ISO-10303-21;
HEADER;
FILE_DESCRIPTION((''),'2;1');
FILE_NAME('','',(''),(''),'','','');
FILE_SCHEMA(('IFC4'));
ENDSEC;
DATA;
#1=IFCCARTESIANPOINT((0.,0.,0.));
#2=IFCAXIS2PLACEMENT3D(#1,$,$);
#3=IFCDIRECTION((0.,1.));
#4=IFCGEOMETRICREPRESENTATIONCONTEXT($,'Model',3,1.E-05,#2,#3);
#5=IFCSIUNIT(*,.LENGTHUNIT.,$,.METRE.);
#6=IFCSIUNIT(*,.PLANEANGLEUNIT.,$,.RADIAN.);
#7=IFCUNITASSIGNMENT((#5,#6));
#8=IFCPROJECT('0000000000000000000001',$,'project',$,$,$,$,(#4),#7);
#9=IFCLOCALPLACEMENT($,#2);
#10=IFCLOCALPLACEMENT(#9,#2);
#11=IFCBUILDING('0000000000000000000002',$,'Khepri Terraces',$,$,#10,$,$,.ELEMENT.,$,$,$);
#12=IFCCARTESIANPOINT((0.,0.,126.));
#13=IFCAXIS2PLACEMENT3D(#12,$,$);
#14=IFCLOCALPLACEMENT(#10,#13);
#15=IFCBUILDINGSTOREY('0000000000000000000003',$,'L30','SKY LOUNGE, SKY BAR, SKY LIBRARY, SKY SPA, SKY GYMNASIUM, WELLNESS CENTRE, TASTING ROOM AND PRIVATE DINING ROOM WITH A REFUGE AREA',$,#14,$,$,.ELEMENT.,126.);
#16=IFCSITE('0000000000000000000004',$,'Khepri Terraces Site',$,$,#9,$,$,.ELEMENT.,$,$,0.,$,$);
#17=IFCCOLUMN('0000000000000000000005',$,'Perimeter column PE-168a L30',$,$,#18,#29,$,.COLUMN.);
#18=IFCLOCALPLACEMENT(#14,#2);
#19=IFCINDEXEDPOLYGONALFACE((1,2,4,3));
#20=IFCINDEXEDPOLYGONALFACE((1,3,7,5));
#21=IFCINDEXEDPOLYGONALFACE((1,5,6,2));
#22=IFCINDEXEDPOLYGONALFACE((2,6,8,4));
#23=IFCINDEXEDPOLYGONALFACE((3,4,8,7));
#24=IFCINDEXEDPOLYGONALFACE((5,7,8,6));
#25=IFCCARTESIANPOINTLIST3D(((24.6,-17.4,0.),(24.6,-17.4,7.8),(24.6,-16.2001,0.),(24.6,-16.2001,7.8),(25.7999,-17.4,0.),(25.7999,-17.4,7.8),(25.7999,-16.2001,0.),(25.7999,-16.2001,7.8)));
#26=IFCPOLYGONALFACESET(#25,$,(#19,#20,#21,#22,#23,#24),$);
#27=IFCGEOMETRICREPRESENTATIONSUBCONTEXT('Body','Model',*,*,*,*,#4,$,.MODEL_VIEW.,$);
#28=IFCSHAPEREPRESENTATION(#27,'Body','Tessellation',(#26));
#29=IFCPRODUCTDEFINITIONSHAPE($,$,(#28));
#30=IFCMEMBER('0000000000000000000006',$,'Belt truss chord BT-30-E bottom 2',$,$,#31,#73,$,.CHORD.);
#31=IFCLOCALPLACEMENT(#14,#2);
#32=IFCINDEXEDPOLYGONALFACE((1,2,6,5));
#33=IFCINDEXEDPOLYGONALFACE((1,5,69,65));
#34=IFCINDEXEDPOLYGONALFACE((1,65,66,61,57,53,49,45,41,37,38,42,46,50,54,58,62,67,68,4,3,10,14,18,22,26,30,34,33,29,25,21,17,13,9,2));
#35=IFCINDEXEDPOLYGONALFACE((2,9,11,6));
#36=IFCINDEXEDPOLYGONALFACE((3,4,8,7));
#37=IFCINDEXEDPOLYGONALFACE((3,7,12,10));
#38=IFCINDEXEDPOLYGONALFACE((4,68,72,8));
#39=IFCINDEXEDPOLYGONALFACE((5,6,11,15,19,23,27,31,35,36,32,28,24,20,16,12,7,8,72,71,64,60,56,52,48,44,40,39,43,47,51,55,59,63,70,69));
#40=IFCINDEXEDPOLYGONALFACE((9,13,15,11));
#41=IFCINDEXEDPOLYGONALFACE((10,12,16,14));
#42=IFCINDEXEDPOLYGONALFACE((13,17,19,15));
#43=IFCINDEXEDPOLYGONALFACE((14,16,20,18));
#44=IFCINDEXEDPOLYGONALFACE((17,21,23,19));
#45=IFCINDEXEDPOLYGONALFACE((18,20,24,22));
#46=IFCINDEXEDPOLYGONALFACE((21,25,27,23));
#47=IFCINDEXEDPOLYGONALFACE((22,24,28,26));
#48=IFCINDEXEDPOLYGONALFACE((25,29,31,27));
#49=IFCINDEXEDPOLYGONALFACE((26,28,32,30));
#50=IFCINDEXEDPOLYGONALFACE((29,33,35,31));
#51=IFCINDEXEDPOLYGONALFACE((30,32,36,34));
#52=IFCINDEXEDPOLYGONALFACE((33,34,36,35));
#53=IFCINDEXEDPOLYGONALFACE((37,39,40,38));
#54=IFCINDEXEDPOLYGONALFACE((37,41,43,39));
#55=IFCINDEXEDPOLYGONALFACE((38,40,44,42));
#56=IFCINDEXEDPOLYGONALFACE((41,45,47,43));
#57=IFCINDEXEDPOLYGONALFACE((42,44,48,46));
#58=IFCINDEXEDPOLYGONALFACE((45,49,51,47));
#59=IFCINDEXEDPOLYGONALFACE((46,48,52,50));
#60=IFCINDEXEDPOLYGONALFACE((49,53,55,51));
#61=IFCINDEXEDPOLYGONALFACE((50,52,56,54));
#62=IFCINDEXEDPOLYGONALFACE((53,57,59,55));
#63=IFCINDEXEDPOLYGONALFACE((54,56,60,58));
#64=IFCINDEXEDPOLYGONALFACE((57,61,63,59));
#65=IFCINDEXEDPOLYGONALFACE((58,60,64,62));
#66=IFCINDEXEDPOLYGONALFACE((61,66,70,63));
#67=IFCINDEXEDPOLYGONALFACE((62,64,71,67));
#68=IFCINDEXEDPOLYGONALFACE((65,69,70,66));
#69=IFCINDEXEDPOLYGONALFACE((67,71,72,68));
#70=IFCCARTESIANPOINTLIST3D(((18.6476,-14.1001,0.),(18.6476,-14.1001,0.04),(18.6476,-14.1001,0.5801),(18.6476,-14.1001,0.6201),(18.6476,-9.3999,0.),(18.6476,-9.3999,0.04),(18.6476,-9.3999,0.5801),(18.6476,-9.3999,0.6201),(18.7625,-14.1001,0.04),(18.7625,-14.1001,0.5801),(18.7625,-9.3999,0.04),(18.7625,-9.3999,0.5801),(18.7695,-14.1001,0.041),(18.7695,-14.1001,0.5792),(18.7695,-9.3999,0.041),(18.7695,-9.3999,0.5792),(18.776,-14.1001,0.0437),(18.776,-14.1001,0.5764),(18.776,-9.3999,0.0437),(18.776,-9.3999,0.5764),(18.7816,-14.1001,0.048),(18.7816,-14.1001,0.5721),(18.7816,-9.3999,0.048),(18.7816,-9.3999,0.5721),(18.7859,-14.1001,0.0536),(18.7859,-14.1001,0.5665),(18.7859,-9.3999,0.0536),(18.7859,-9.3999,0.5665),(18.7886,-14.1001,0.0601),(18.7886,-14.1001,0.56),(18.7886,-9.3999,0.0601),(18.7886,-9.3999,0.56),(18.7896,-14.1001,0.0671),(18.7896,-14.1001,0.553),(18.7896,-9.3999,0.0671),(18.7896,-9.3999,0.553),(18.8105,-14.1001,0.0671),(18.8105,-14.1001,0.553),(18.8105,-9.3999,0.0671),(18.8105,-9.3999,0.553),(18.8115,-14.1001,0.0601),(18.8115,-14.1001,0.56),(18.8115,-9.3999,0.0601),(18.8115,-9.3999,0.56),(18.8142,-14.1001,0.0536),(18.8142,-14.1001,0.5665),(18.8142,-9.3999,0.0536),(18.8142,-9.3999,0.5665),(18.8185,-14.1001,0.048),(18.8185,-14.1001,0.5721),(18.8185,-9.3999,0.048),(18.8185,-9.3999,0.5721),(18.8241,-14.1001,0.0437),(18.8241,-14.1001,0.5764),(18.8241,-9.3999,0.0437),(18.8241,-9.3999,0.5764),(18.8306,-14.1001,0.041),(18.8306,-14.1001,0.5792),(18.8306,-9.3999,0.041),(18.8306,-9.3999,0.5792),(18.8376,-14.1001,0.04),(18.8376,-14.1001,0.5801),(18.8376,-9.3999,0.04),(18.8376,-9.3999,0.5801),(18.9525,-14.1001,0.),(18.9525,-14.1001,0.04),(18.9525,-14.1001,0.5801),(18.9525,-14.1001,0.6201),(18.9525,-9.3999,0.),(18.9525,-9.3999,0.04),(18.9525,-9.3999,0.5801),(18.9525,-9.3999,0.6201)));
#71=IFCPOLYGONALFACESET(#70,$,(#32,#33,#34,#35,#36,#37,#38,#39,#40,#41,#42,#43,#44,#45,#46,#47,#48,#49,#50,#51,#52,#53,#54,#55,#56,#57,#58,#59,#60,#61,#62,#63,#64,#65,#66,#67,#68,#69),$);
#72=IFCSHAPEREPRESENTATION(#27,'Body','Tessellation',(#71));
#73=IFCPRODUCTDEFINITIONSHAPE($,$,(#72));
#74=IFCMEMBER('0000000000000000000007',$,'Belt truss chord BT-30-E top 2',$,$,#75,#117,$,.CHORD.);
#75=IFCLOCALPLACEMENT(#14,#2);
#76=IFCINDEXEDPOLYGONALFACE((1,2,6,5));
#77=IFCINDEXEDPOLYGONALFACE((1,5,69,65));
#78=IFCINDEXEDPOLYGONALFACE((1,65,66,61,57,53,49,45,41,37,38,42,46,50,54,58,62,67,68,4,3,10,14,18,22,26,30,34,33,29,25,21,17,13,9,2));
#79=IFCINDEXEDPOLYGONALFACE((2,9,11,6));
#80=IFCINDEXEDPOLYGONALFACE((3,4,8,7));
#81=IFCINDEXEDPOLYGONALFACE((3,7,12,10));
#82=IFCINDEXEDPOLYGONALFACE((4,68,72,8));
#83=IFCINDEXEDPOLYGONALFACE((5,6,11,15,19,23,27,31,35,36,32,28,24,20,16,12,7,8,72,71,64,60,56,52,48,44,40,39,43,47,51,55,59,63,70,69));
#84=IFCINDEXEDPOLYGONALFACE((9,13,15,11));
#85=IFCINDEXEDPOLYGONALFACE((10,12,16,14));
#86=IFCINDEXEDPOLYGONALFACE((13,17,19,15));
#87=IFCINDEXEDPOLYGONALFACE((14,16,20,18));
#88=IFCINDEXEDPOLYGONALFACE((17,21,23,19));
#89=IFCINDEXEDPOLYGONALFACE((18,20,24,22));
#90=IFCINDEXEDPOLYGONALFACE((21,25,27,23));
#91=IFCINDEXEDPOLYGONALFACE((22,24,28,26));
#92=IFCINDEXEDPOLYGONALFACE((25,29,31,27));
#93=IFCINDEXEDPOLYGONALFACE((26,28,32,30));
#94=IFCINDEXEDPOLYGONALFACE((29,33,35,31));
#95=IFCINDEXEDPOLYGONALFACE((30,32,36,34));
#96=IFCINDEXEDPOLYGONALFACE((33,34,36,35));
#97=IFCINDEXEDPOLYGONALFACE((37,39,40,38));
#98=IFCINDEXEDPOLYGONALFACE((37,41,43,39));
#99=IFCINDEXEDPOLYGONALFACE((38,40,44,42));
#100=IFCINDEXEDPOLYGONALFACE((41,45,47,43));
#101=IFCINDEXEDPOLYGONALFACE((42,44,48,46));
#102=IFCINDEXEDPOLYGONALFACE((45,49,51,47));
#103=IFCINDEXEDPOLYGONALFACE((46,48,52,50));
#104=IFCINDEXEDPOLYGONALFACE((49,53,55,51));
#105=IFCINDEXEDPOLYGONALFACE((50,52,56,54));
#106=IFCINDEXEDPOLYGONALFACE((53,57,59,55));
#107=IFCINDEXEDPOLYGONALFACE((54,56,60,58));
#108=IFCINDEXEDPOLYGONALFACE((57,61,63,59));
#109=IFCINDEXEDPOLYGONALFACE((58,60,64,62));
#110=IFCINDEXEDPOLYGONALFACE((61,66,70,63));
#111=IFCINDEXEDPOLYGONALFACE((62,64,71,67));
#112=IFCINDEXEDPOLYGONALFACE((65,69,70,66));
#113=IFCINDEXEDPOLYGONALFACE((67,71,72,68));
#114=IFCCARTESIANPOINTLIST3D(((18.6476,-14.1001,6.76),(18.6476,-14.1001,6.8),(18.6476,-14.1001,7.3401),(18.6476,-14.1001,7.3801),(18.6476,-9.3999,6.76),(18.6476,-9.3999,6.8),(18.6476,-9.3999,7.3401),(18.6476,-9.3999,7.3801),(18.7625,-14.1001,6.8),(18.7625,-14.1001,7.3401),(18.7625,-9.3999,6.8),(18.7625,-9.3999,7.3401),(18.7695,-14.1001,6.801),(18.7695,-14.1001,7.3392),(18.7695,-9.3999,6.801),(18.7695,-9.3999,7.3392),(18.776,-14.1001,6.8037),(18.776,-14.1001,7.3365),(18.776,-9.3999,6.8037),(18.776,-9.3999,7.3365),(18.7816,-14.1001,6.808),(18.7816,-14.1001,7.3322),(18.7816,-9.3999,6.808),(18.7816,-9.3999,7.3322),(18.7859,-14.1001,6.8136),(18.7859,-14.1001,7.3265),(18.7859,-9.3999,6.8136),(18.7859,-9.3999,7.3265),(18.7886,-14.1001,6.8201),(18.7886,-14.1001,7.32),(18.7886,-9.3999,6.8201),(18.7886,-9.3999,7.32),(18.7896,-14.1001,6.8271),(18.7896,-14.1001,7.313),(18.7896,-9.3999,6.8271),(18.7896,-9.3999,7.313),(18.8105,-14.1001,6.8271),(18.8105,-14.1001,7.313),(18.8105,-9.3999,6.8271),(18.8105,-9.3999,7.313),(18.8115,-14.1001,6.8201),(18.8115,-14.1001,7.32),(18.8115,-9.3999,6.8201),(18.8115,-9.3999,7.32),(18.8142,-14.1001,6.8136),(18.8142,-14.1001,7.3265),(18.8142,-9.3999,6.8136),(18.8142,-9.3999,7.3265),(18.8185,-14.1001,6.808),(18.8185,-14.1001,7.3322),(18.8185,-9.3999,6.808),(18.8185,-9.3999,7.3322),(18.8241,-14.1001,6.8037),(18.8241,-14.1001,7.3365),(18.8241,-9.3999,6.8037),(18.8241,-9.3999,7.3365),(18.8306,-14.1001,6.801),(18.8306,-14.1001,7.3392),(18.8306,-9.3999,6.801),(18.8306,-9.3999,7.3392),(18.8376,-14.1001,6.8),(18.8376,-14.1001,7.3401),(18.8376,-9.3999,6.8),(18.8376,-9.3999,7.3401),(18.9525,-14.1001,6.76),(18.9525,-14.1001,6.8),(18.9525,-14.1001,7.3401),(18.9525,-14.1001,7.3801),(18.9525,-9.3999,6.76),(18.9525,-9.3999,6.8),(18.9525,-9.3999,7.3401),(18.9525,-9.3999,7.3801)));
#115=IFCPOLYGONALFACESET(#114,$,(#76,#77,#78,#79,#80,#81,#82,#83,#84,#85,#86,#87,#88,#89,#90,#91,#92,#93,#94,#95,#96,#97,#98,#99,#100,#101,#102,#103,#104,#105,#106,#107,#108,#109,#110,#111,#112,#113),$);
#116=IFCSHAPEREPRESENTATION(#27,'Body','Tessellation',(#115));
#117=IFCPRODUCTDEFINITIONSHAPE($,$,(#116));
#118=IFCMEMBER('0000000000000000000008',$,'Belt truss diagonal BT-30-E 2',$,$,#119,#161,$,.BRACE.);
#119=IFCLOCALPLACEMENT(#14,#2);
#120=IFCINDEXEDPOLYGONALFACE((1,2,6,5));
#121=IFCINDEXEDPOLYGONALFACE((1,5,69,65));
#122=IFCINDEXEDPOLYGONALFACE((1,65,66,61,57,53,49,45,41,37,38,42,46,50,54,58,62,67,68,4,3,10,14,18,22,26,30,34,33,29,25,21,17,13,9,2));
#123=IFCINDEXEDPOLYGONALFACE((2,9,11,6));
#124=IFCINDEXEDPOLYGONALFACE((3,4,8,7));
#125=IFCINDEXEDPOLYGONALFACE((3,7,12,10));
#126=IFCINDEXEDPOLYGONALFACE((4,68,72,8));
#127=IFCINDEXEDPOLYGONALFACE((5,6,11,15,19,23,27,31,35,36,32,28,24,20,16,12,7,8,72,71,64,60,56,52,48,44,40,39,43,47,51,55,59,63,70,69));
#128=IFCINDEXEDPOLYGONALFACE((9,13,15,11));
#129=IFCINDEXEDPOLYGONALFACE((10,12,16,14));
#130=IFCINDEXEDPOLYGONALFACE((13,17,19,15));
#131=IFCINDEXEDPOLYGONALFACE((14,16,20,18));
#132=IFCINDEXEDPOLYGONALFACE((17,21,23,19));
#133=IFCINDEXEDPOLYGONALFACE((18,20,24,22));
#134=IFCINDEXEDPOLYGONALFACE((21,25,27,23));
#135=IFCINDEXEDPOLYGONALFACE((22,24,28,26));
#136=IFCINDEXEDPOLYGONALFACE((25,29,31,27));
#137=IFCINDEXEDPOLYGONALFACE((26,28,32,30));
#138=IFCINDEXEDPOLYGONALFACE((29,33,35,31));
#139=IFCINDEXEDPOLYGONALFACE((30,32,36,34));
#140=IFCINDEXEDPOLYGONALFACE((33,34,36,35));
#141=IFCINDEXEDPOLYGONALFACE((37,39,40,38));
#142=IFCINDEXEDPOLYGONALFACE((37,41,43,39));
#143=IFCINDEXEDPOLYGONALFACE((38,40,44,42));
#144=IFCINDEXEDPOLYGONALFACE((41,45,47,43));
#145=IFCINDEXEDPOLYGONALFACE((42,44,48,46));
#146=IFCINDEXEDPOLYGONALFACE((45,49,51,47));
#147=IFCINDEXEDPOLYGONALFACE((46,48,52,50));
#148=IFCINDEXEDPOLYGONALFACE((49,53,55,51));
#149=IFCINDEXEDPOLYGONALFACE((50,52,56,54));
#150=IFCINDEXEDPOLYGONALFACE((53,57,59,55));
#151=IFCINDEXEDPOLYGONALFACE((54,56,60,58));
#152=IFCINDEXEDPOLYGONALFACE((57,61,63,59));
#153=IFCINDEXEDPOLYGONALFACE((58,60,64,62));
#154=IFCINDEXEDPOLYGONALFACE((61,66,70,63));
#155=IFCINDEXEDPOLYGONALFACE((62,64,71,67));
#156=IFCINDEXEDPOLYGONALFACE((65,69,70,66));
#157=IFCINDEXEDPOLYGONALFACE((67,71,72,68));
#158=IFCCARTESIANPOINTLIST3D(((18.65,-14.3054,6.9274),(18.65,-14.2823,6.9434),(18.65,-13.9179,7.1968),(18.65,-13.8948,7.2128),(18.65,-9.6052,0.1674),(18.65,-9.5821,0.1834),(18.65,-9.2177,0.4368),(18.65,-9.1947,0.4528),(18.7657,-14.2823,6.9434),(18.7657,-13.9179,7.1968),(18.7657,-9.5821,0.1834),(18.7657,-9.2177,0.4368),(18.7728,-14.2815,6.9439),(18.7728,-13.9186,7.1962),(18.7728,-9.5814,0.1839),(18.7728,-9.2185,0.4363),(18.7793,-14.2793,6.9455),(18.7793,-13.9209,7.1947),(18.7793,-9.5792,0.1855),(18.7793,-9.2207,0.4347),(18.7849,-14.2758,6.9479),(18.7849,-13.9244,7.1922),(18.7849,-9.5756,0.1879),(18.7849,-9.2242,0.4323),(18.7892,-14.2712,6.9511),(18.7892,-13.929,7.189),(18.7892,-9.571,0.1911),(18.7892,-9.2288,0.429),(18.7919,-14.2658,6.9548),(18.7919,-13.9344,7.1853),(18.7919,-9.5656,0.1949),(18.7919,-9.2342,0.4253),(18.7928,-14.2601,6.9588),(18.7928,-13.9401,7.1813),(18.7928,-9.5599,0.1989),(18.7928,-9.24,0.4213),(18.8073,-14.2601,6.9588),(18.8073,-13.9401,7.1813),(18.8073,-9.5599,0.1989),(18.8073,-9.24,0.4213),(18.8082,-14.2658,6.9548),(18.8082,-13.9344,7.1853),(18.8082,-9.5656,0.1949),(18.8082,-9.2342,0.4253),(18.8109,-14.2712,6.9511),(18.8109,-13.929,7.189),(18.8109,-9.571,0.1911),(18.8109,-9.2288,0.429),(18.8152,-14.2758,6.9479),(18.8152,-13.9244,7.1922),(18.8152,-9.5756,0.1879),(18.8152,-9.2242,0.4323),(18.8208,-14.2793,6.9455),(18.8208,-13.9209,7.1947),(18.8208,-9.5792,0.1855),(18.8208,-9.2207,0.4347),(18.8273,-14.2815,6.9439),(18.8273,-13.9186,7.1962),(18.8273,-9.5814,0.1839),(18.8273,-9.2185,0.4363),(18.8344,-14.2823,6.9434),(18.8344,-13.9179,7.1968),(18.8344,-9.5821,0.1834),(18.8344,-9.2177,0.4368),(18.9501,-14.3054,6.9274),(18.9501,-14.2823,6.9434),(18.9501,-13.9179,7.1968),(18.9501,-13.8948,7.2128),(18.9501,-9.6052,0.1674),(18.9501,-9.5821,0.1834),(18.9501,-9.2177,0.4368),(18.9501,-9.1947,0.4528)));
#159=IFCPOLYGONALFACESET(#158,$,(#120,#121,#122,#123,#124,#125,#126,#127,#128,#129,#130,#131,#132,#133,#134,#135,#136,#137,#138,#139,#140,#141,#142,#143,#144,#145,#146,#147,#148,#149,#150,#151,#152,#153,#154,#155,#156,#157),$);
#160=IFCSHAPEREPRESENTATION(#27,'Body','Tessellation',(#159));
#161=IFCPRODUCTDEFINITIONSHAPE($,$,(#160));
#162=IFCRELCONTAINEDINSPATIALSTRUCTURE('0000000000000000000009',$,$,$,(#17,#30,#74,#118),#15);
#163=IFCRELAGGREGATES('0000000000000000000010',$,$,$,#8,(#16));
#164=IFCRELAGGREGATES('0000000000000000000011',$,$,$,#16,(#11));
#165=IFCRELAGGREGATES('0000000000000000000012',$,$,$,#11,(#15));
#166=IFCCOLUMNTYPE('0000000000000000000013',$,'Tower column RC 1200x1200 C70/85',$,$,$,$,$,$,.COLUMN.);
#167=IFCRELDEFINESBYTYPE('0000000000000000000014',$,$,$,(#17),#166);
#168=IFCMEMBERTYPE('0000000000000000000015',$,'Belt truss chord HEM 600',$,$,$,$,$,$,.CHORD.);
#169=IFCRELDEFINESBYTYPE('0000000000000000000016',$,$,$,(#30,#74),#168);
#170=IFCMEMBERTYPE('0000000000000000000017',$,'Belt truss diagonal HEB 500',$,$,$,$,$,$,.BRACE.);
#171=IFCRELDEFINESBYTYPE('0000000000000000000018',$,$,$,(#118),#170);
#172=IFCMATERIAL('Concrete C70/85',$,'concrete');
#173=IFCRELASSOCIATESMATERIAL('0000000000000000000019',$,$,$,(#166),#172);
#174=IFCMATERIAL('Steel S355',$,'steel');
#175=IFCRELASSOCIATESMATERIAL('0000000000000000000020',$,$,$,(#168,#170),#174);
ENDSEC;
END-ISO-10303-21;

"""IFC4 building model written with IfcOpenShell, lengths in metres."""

from ifc_helpers import new_model, si_unit, direction, frame, origin, origin_2d, place, context, subcontext, project, spatial, rectangle, i_section, extrude, material, material_profile, profile_set, type_object, element, save


model = new_model("IFC4")

# Units and contexts
model_context = context("Model", 3, precision=1e-05, world=origin(), true_north=direction((0.0, 1.0)))
body_context = subcontext(model_context, "Body", "Model", "MODEL_VIEW")
ifc_project = project(units=[si_unit("LENGTHUNIT", "METRE"), si_unit("PLANEANGLEUNIT", "RADIAN")], contexts=[model_context])

# Site, building, storey
site_placement = place(None, origin())
site = spatial("IfcSite", under=ifc_project, at=site_placement, Name="Khepri Terraces Site", CompositionType="ELEMENT", RefElevation=0.0)
building_placement = place(site_placement, origin())
building = spatial("IfcBuilding", under=site, at=building_placement, Name="Khepri Terraces", CompositionType="ELEMENT")
storey_placement = place(building_placement, frame((0.0, 0.0, 126.0)))
storey = spatial("IfcBuildingStorey", under=building, at=storey_placement, Name="L30", Description="SKY LOUNGE, SKY BAR, SKY LIBRARY, SKY SPA, SKY GYMNASIUM, WELLNESS CENTRE, TASTING ROOM AND PRIVATE DINING ROOM WITH A REFUGE AREA", CompositionType="ELEMENT", Elevation=126.0)

# Column
ifc_material_1 = material(Name="Concrete C70/85", Category="concrete")
ifc_material_profile_1 = material_profile(ifc_material_1, rectangle(XDim=1.2, YDim=1.2, at=origin_2d()), Name="Concrete C70/85", Category="concrete")
ifc_profile_set_1 = profile_set([ifc_material_profile_1], Name="Concrete C70/85")
column_type = type_object("IfcColumnType", Name="Tower column RC 1200x1200 C70/85", PredefinedType="COLUMN", material=ifc_profile_set_1)
column_placement = place(storey_placement, frame((25.2, -16.8, 0.0), z_axis=(0.0, 0.0, 1.0), x_axis=(1.0, 0.0, 0.0)))
element("IfcColumn", 1, at=column_placement, inside=storey, type_object=column_type, Name="Perimeter column PE-168a L30", PredefinedType="COLUMN", context=body_context, shape_type="SweptSolid", body=[
    extrude(rectangle(XDim=1.2, YDim=1.2, at=origin_2d()), origin(), (0.0, 0.0, 1.0), 7.8),
])

# Members
ifc_material_2 = material(Name="Steel S355", Category="steel")
ifc_material_profile_2 = material_profile(ifc_material_2, i_section(OverallWidth=0.3049, OverallDepth=0.6201, WebThickness=0.021, FlangeThickness=0.04, FilletRadius=0.0271, at=origin_2d()), Name="Steel S355", Category="steel")
ifc_profile_set_2 = profile_set([ifc_material_profile_2], Name="Steel S355")
member_type_1 = type_object("IfcMemberType", Name="Belt truss chord HEM 600", PredefinedType="CHORD", material=ifc_profile_set_2)
for number, where, z_axis, x_axis, name in (
    (2, (18.8, -14.1001, 0.3101), (0.0, 1.0, 0.0), (-1.0, 0.0, 0.0), "Belt truss chord BT-30-E bottom 2"),
    (3, (18.8, -14.1001, 7.0701), (0.0, 1.0, 0.0), (-1.0, 0.0, 0.0), "Belt truss chord BT-30-E top 2"),
):
    element("IfcMember", number, at=place(storey_placement, frame(where, z_axis=z_axis, x_axis=x_axis)), inside=storey, type_object=member_type_1, Name=name, PredefinedType="CHORD", context=body_context, shape_type="SweptSolid", body=[
        extrude(i_section(OverallWidth=0.3049, OverallDepth=0.6201, WebThickness=0.021, FlangeThickness=0.04, FilletRadius=0.0271, at=origin_2d()), origin(), (0.0, 0.0, 1.0), 4.7002),
    ])
ifc_material_profile_3 = material_profile(ifc_material_2, i_section(OverallWidth=0.3, OverallDepth=0.5, WebThickness=0.0144, FlangeThickness=0.0281, FilletRadius=0.0271, at=origin_2d()), Name="Steel S355", Category="steel")
ifc_profile_set_3 = profile_set([ifc_material_profile_3], Name="Steel S355")
member_type_2 = type_object("IfcMemberType", Name="Belt truss diagonal HEB 500", PredefinedType="BRACE", material=ifc_profile_set_3)
member_1_placement = place(storey_placement, frame((18.8, -14.1001, 7.0701), z_axis=(0.0, 0.570866, -0.821043), x_axis=(-1.0, 0.0, 0.0)))
element("IfcMember", 4, at=member_1_placement, inside=storey, type_object=member_type_2, Name="Belt truss diagonal BT-30-E 2", PredefinedType="BRACE", context=body_context, shape_type="SweptSolid", body=[
    extrude(i_section(OverallWidth=0.3, OverallDepth=0.5, WebThickness=0.0144, FlangeThickness=0.0281, FilletRadius=0.0271, at=origin_2d()), origin(), (0.0, 0.0, 1.0), 8.2334),
])

save(model, "model.ifc")
